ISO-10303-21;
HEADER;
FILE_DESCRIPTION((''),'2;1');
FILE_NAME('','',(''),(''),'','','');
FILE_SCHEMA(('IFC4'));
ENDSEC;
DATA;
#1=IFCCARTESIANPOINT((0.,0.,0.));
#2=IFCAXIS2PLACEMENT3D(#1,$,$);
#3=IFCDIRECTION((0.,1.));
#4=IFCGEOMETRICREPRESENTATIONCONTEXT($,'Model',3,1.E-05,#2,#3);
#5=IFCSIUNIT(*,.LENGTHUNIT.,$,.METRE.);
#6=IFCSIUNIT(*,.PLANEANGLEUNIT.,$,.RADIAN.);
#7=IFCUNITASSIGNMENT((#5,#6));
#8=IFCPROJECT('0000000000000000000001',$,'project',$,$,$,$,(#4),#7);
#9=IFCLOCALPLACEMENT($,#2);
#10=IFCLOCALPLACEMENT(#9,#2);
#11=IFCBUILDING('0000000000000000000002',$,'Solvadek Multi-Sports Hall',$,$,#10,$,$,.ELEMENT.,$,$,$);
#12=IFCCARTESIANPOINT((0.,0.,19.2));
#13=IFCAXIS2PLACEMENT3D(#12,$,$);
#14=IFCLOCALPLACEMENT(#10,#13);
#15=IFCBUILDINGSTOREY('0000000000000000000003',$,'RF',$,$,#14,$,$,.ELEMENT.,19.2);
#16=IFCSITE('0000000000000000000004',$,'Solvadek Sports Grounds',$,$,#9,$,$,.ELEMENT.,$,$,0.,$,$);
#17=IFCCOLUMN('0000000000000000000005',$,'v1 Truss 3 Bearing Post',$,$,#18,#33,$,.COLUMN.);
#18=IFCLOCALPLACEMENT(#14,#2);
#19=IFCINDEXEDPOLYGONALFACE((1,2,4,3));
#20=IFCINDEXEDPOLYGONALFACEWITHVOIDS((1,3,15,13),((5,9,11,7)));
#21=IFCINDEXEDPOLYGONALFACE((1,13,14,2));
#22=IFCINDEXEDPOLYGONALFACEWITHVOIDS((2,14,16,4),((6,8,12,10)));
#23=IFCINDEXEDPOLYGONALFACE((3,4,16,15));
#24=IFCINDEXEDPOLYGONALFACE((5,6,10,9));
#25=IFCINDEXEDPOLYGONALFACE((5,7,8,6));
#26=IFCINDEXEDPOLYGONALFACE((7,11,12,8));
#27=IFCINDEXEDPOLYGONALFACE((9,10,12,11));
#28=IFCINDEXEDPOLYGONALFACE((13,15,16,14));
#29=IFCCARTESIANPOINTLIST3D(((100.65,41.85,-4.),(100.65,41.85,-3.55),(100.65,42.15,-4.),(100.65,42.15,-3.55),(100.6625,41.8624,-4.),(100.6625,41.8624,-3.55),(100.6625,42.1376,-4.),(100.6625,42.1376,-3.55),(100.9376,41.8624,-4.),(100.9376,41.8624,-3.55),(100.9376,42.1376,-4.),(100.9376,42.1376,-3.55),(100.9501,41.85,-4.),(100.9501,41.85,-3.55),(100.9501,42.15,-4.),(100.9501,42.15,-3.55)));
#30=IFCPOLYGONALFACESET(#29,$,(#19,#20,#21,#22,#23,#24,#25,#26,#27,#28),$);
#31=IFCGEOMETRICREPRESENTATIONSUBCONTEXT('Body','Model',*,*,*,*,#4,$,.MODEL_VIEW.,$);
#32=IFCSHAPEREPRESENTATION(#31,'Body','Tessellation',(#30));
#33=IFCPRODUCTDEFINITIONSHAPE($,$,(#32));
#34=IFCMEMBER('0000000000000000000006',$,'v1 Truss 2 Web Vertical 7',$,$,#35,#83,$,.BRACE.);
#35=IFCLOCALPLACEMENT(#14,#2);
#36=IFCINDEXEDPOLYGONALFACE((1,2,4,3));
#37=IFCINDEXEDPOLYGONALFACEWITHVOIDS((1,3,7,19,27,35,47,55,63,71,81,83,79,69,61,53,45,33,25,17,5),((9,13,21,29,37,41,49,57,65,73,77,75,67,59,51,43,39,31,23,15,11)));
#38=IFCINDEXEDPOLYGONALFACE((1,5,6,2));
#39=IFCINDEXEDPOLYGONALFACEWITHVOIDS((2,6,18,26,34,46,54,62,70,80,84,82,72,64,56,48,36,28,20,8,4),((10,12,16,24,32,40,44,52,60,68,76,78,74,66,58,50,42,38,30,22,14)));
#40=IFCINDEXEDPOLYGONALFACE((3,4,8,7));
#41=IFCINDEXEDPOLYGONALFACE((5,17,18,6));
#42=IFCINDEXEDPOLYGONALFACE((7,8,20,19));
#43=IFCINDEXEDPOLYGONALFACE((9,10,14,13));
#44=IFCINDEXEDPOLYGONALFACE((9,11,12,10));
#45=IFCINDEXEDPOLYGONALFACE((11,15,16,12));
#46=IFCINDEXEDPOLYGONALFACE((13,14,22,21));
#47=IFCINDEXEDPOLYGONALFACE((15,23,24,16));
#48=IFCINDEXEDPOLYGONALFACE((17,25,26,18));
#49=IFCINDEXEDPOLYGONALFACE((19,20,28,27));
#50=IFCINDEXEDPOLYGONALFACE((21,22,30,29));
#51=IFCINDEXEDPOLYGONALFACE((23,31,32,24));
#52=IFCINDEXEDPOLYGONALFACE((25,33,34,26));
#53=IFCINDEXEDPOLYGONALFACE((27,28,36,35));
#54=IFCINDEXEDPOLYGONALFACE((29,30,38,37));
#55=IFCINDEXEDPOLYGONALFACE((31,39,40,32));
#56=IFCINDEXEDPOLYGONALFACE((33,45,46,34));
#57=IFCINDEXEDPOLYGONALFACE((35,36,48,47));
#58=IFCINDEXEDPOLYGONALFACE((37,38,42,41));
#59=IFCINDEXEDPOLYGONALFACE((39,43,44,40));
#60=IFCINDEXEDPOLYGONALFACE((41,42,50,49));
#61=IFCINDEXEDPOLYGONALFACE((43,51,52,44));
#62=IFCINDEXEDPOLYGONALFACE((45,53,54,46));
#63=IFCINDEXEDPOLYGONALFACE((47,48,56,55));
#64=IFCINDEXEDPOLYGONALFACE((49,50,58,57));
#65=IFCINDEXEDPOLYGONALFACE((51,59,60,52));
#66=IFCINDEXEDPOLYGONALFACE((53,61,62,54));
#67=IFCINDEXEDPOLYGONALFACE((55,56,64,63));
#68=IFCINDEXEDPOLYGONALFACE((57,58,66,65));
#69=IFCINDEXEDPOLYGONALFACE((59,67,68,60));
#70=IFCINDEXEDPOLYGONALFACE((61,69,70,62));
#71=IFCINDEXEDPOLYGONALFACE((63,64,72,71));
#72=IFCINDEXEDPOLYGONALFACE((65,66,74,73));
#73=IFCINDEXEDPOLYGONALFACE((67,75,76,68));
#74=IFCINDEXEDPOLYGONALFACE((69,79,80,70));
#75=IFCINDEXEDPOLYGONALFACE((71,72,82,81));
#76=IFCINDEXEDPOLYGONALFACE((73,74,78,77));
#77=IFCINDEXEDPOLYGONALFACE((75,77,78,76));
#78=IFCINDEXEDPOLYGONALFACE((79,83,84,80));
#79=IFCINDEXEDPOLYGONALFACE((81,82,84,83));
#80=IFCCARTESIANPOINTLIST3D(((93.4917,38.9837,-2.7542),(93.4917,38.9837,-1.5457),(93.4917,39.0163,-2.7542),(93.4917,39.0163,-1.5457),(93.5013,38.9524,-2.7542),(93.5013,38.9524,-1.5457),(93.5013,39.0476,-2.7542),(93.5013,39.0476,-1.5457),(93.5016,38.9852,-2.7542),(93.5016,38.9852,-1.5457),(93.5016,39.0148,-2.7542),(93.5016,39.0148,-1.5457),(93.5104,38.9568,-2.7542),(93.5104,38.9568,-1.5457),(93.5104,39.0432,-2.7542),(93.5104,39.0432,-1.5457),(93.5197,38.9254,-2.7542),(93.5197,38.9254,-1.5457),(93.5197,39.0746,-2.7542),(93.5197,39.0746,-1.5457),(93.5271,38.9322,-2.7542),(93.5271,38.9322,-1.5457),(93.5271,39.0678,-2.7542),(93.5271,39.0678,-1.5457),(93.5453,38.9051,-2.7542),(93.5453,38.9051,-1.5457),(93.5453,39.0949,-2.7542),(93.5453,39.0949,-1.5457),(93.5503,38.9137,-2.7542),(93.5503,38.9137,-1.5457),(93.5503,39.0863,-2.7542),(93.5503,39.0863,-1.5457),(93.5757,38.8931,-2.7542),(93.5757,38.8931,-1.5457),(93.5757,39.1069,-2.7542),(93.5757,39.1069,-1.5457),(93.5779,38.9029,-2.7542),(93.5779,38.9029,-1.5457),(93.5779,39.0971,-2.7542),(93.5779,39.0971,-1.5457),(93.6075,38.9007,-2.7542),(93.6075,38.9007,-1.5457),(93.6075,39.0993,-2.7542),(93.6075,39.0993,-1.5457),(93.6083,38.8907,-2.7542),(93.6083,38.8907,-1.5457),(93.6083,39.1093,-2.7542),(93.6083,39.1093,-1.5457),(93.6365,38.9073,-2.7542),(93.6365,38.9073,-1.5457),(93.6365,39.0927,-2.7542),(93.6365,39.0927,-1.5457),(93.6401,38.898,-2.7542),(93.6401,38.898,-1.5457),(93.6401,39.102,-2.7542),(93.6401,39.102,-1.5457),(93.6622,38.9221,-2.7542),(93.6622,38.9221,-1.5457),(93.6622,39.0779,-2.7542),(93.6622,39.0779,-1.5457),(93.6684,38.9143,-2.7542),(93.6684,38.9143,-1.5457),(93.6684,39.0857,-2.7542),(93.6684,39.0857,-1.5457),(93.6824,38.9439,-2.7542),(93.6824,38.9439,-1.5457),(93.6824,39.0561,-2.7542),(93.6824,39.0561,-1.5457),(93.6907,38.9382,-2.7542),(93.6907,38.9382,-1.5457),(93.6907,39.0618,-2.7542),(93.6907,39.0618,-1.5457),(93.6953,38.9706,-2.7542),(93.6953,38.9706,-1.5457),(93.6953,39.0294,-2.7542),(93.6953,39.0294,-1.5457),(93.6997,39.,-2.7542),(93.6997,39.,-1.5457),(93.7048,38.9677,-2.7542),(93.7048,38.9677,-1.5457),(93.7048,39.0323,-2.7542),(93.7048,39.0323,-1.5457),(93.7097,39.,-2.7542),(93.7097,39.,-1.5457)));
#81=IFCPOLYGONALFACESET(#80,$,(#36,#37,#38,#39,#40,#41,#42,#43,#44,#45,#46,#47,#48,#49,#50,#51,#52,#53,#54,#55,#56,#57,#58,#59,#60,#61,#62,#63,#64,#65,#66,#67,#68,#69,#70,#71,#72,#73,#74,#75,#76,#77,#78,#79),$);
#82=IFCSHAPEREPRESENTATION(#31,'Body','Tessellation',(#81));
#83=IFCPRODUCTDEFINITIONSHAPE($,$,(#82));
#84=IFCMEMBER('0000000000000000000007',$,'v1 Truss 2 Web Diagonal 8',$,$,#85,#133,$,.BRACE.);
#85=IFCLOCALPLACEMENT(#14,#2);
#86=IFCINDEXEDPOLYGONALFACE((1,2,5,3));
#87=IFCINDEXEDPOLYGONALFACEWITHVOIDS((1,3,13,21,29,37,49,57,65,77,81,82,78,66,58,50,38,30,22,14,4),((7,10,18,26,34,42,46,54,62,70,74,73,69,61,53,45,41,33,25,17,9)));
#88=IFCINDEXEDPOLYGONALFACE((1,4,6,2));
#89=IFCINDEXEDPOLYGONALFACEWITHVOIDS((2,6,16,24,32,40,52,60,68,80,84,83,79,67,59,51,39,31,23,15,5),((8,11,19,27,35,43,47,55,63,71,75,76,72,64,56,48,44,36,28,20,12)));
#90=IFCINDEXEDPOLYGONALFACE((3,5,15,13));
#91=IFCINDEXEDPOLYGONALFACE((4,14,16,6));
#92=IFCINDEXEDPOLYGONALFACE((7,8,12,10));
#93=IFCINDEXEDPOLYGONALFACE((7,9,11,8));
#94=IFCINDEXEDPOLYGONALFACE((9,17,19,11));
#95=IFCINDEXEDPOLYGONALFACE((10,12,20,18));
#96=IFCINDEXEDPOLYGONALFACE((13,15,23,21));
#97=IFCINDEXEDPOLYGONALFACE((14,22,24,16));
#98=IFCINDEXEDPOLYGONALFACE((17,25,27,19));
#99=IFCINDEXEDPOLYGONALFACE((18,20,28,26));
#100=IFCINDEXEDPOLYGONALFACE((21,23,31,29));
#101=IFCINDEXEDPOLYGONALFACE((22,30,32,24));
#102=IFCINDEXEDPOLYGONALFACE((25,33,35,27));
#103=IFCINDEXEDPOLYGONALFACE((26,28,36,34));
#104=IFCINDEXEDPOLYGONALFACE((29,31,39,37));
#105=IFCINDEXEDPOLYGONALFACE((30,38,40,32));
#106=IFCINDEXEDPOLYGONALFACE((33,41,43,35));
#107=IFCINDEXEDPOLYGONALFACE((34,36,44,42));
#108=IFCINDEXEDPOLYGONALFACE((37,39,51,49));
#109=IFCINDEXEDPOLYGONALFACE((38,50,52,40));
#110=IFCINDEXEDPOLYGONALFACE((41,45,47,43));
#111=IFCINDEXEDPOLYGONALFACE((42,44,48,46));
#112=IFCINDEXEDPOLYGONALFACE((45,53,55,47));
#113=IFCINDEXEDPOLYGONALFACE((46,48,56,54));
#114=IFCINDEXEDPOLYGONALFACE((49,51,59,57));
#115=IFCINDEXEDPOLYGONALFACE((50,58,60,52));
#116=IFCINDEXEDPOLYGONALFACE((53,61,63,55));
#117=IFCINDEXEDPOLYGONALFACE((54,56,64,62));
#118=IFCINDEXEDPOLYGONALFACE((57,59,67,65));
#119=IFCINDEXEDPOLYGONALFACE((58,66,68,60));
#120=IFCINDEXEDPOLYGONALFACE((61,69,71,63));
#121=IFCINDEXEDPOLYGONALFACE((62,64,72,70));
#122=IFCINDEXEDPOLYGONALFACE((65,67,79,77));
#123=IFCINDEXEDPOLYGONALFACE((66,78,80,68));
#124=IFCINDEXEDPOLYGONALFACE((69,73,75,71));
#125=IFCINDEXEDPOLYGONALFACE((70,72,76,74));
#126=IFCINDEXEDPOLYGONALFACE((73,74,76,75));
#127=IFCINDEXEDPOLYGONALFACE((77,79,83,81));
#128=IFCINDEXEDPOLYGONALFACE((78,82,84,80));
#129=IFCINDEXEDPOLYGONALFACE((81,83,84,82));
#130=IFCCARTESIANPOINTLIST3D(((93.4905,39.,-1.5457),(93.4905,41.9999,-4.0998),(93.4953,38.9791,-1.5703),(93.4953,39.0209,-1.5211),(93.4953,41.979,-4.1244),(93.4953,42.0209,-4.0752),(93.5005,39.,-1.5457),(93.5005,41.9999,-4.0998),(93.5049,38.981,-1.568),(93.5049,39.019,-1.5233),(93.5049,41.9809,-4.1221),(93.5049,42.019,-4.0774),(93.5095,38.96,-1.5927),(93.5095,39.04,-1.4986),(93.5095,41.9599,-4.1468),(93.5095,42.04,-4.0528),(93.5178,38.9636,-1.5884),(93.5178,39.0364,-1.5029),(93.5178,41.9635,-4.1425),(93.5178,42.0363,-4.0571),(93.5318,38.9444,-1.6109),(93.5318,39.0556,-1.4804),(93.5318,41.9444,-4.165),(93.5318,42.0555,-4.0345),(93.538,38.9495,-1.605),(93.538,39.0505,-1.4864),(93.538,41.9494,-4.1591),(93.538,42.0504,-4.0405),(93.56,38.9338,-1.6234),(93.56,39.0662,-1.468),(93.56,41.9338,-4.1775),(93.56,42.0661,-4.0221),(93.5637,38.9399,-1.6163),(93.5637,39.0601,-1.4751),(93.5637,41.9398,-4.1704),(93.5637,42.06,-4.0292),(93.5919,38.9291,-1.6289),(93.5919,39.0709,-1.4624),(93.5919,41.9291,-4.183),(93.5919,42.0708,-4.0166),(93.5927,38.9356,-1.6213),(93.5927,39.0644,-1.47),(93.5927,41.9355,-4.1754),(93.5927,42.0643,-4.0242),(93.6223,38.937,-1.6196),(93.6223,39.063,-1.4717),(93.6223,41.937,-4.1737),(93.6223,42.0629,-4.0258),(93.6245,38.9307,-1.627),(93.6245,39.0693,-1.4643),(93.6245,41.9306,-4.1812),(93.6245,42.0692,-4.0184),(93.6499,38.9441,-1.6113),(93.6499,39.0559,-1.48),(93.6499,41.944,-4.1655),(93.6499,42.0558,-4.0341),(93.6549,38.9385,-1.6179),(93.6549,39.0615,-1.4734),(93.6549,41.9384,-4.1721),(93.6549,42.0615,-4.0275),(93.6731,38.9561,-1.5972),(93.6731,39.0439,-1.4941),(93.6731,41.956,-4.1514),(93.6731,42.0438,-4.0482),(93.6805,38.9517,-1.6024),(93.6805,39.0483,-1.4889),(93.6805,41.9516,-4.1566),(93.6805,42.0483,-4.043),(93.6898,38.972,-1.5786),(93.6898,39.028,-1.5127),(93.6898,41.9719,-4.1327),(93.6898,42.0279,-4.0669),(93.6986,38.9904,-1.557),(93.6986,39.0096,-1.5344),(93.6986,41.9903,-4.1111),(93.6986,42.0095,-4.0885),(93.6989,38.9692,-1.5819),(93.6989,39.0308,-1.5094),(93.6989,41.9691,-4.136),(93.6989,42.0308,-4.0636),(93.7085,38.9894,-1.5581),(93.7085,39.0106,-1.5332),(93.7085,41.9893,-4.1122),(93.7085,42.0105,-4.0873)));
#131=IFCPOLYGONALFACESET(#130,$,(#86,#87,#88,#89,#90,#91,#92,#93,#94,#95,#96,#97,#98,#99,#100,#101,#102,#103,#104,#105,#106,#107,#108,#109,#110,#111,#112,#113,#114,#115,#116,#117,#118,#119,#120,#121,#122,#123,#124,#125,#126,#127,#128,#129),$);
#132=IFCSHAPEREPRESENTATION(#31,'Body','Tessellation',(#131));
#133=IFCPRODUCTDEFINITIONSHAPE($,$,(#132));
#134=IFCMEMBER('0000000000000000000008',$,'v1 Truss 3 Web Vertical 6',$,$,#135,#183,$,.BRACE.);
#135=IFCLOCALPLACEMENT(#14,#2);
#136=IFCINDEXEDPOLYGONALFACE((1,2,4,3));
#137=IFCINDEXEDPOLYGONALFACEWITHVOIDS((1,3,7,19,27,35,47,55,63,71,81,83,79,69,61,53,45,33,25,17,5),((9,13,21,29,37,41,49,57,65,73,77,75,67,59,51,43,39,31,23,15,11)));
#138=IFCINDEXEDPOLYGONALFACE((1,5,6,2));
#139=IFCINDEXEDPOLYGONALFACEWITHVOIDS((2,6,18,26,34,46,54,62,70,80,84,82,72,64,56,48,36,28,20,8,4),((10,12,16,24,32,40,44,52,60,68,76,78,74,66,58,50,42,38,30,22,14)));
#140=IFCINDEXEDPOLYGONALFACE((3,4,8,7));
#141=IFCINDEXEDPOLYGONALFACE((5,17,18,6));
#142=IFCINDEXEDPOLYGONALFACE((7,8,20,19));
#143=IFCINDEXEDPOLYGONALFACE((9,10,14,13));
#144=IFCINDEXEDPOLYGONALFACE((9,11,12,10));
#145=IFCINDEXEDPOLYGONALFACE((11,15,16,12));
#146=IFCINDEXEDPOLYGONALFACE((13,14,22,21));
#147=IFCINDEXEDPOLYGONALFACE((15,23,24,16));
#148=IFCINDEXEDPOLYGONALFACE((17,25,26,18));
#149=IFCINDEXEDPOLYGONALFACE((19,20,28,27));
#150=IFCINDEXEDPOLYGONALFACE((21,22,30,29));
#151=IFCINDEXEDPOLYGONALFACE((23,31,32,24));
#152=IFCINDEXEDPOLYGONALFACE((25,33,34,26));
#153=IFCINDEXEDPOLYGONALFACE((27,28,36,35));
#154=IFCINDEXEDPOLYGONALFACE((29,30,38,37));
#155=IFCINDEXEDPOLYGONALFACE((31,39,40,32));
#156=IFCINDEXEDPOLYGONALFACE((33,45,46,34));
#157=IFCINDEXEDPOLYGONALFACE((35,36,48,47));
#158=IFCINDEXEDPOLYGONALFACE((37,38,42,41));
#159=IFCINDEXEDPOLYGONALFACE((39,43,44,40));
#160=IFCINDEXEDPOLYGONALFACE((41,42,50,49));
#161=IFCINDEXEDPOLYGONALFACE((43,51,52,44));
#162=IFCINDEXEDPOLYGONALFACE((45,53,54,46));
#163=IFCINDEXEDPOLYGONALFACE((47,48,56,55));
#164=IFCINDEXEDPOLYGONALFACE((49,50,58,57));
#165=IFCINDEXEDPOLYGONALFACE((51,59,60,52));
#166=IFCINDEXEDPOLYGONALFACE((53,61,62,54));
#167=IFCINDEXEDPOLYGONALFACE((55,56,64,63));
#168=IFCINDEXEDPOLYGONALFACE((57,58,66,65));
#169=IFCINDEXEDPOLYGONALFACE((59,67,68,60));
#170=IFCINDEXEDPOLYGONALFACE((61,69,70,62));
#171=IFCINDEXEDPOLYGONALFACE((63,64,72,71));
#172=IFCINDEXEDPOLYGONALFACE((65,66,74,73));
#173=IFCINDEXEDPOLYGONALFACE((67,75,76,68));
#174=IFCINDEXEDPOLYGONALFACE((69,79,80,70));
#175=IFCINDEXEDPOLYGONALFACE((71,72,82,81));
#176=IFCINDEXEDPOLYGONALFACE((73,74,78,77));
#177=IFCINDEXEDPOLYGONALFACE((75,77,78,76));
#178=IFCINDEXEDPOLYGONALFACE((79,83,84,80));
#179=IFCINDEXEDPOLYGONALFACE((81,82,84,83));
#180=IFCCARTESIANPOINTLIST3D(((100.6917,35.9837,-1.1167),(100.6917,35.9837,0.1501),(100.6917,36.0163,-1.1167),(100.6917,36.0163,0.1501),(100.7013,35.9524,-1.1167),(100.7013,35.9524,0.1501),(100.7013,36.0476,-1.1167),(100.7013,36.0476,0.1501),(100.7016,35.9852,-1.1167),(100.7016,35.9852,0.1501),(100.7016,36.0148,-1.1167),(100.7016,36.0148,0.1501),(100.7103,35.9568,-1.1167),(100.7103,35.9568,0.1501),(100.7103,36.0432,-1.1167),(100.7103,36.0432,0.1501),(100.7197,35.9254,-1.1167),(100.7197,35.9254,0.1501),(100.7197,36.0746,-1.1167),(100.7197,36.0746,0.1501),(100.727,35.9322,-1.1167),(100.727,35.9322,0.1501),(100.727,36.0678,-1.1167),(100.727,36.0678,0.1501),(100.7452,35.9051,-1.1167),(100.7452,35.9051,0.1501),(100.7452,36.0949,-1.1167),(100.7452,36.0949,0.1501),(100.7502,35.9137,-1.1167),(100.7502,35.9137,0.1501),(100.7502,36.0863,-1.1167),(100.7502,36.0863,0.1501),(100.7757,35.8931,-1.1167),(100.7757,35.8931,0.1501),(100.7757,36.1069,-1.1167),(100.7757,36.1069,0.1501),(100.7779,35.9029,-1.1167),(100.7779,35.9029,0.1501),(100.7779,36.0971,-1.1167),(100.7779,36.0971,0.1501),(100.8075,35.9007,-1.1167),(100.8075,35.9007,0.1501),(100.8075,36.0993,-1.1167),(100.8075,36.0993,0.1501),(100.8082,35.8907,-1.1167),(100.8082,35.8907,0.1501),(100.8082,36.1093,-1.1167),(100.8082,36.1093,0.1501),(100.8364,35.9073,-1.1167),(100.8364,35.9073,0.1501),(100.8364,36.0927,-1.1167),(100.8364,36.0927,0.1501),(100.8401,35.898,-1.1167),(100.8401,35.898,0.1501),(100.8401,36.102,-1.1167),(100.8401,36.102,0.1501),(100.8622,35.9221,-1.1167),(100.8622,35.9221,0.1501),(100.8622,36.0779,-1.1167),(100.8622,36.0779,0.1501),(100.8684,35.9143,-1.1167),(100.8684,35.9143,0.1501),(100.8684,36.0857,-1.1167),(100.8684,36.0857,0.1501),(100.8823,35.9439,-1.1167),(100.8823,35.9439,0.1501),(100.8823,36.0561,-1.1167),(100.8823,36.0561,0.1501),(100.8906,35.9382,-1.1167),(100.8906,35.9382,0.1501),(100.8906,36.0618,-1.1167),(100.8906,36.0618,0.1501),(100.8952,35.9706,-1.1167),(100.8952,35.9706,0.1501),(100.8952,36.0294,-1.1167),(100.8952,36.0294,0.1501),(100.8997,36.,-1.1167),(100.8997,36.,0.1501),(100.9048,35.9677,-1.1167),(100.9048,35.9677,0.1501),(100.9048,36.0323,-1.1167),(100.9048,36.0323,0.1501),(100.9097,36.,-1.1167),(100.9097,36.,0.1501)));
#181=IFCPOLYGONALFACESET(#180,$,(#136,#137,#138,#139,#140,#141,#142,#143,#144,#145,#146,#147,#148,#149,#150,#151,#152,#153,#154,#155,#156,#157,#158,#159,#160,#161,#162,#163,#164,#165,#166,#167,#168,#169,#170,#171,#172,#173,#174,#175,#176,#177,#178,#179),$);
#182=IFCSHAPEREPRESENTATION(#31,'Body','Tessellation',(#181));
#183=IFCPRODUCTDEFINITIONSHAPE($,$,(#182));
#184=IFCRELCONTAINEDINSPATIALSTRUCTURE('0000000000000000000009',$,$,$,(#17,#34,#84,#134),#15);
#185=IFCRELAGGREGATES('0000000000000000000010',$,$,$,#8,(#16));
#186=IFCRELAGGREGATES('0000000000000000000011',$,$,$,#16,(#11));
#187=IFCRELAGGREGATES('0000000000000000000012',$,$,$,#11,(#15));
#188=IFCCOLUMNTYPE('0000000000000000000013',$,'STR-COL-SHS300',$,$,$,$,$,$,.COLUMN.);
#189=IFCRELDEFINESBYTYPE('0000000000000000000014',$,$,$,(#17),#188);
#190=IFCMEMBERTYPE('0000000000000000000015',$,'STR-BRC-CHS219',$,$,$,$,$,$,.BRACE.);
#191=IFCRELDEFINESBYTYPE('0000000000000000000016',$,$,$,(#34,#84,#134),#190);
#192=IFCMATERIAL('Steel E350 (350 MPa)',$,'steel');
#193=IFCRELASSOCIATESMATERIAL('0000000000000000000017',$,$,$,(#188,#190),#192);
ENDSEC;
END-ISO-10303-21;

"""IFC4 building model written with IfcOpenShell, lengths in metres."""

from ifc_helpers import new_model, si_unit, direction, frame, origin, origin_2d, place, context, subcontext, project, spatial, hollow_rectangle, hollow_circle, extrude, material, material_profile, profile_set, type_object, element, save


model = new_model("IFC4")

# Units and contexts
model_context = context("Model", 3, precision=1e-05, world=origin(), true_north=direction((0.0, 1.0)))
body_context = subcontext(model_context, "Body", "Model", "MODEL_VIEW")
ifc_project = project(units=[si_unit("LENGTHUNIT", "METRE"), si_unit("PLANEANGLEUNIT", "RADIAN")], contexts=[model_context])

# Site, building, storey
site_placement = place(None, origin())
site = spatial("IfcSite", under=ifc_project, at=site_placement, Name="Solvadek Sports Grounds", CompositionType="ELEMENT", RefElevation=0.0)
building_placement = place(site_placement, origin())
building = spatial("IfcBuilding", under=site, at=building_placement, Name="Solvadek Multi-Sports Hall", CompositionType="ELEMENT")
storey_placement = place(building_placement, frame((0.0, 0.0, 19.2)))
storey = spatial("IfcBuildingStorey", under=building, at=storey_placement, Name="RF", CompositionType="ELEMENT", Elevation=19.2)

# Column
ifc_material_1 = material(Name="Steel E350 (350 MPa)", Category="steel")
ifc_material_profile_1 = material_profile(ifc_material_1, hollow_rectangle(XDim=0.3, YDim=0.3, WallThickness=0.0125, at=origin_2d()), Name="SHS 300x300x12.5")
ifc_profile_set_1 = profile_set([ifc_material_profile_1], Name="Steel E350 (350 MPa)")
column_type = type_object("IfcColumnType", Name="STR-COL-SHS300", PredefinedType="COLUMN", material=ifc_profile_set_1)
column_placement = place(storey_placement, frame((100.8, 42.0, -4.0), z_axis=(0.0, 0.0, 1.0), x_axis=(1.0, 0.0, 0.0)))
element("IfcColumn", 1, at=column_placement, inside=storey, type_object=column_type, Name="v1 Truss 3 Bearing Post", PredefinedType="COLUMN", context=body_context, shape_type="SweptSolid", body=[
    extrude(hollow_rectangle(XDim=0.3, YDim=0.3, WallThickness=0.0125, at=origin_2d()), origin(), (0.0, 0.0, 1.0), 0.45),
])

# Members
ifc_material_profile_2 = material_profile(ifc_material_1, hollow_circle(Radius=0.1096, WallThickness=0.01, at=origin_2d()), Name="CHS 219.1x10")
ifc_profile_set_2 = profile_set([ifc_material_profile_2], Name="Steel E350 (350 MPa)")
member_type_1 = type_object("IfcMemberType", Name="STR-BRC-CHS219", PredefinedType="BRACE", material=ifc_profile_set_2)
member_1_placement = place(storey_placement, frame((93.6001, 39.0, -2.7542), z_axis=(0.0, 0.0, 1.0), x_axis=(1.0, 0.0, 0.0)))
element("IfcMember", 2, at=member_1_placement, inside=storey, type_object=member_type_1, Name="v1 Truss 2 Web Vertical 7", PredefinedType="BRACE", context=body_context, shape_type="SweptSolid", body=[
    extrude(hollow_circle(Radius=0.1096, WallThickness=0.01, at=origin_2d()), origin(), (0.0, 0.0, 1.0), 1.2085),
])
member_2_placement = place(storey_placement, frame((93.6001, 39.0, -1.5457), z_axis=(0.0, 0.761413, -0.648267), x_axis=(-1.0, 0.0, 0.0)))
element("IfcMember", 3, at=member_2_placement, inside=storey, type_object=member_type_1, Name="v1 Truss 2 Web Diagonal 8", PredefinedType="BRACE", context=body_context, shape_type="SweptSolid", body=[
    extrude(hollow_circle(Radius=0.1096, WallThickness=0.01, at=origin_2d()), origin(), (0.0, 0.0, 1.0), 3.9399),
])
member_3_placement = place(storey_placement, frame((100.8, 36.0, -1.1167), z_axis=(0.0, 0.0, 1.0), x_axis=(1.0, 0.0, 0.0)))
element("IfcMember", 4, at=member_3_placement, inside=storey, type_object=member_type_1, Name="v1 Truss 3 Web Vertical 6", PredefinedType="BRACE", context=body_context, shape_type="SweptSolid", body=[
    extrude(hollow_circle(Radius=0.1096, WallThickness=0.01, at=origin_2d()), origin(), (0.0, 0.0, 1.0), 1.2668),
])

save(model, "model.ifc")
